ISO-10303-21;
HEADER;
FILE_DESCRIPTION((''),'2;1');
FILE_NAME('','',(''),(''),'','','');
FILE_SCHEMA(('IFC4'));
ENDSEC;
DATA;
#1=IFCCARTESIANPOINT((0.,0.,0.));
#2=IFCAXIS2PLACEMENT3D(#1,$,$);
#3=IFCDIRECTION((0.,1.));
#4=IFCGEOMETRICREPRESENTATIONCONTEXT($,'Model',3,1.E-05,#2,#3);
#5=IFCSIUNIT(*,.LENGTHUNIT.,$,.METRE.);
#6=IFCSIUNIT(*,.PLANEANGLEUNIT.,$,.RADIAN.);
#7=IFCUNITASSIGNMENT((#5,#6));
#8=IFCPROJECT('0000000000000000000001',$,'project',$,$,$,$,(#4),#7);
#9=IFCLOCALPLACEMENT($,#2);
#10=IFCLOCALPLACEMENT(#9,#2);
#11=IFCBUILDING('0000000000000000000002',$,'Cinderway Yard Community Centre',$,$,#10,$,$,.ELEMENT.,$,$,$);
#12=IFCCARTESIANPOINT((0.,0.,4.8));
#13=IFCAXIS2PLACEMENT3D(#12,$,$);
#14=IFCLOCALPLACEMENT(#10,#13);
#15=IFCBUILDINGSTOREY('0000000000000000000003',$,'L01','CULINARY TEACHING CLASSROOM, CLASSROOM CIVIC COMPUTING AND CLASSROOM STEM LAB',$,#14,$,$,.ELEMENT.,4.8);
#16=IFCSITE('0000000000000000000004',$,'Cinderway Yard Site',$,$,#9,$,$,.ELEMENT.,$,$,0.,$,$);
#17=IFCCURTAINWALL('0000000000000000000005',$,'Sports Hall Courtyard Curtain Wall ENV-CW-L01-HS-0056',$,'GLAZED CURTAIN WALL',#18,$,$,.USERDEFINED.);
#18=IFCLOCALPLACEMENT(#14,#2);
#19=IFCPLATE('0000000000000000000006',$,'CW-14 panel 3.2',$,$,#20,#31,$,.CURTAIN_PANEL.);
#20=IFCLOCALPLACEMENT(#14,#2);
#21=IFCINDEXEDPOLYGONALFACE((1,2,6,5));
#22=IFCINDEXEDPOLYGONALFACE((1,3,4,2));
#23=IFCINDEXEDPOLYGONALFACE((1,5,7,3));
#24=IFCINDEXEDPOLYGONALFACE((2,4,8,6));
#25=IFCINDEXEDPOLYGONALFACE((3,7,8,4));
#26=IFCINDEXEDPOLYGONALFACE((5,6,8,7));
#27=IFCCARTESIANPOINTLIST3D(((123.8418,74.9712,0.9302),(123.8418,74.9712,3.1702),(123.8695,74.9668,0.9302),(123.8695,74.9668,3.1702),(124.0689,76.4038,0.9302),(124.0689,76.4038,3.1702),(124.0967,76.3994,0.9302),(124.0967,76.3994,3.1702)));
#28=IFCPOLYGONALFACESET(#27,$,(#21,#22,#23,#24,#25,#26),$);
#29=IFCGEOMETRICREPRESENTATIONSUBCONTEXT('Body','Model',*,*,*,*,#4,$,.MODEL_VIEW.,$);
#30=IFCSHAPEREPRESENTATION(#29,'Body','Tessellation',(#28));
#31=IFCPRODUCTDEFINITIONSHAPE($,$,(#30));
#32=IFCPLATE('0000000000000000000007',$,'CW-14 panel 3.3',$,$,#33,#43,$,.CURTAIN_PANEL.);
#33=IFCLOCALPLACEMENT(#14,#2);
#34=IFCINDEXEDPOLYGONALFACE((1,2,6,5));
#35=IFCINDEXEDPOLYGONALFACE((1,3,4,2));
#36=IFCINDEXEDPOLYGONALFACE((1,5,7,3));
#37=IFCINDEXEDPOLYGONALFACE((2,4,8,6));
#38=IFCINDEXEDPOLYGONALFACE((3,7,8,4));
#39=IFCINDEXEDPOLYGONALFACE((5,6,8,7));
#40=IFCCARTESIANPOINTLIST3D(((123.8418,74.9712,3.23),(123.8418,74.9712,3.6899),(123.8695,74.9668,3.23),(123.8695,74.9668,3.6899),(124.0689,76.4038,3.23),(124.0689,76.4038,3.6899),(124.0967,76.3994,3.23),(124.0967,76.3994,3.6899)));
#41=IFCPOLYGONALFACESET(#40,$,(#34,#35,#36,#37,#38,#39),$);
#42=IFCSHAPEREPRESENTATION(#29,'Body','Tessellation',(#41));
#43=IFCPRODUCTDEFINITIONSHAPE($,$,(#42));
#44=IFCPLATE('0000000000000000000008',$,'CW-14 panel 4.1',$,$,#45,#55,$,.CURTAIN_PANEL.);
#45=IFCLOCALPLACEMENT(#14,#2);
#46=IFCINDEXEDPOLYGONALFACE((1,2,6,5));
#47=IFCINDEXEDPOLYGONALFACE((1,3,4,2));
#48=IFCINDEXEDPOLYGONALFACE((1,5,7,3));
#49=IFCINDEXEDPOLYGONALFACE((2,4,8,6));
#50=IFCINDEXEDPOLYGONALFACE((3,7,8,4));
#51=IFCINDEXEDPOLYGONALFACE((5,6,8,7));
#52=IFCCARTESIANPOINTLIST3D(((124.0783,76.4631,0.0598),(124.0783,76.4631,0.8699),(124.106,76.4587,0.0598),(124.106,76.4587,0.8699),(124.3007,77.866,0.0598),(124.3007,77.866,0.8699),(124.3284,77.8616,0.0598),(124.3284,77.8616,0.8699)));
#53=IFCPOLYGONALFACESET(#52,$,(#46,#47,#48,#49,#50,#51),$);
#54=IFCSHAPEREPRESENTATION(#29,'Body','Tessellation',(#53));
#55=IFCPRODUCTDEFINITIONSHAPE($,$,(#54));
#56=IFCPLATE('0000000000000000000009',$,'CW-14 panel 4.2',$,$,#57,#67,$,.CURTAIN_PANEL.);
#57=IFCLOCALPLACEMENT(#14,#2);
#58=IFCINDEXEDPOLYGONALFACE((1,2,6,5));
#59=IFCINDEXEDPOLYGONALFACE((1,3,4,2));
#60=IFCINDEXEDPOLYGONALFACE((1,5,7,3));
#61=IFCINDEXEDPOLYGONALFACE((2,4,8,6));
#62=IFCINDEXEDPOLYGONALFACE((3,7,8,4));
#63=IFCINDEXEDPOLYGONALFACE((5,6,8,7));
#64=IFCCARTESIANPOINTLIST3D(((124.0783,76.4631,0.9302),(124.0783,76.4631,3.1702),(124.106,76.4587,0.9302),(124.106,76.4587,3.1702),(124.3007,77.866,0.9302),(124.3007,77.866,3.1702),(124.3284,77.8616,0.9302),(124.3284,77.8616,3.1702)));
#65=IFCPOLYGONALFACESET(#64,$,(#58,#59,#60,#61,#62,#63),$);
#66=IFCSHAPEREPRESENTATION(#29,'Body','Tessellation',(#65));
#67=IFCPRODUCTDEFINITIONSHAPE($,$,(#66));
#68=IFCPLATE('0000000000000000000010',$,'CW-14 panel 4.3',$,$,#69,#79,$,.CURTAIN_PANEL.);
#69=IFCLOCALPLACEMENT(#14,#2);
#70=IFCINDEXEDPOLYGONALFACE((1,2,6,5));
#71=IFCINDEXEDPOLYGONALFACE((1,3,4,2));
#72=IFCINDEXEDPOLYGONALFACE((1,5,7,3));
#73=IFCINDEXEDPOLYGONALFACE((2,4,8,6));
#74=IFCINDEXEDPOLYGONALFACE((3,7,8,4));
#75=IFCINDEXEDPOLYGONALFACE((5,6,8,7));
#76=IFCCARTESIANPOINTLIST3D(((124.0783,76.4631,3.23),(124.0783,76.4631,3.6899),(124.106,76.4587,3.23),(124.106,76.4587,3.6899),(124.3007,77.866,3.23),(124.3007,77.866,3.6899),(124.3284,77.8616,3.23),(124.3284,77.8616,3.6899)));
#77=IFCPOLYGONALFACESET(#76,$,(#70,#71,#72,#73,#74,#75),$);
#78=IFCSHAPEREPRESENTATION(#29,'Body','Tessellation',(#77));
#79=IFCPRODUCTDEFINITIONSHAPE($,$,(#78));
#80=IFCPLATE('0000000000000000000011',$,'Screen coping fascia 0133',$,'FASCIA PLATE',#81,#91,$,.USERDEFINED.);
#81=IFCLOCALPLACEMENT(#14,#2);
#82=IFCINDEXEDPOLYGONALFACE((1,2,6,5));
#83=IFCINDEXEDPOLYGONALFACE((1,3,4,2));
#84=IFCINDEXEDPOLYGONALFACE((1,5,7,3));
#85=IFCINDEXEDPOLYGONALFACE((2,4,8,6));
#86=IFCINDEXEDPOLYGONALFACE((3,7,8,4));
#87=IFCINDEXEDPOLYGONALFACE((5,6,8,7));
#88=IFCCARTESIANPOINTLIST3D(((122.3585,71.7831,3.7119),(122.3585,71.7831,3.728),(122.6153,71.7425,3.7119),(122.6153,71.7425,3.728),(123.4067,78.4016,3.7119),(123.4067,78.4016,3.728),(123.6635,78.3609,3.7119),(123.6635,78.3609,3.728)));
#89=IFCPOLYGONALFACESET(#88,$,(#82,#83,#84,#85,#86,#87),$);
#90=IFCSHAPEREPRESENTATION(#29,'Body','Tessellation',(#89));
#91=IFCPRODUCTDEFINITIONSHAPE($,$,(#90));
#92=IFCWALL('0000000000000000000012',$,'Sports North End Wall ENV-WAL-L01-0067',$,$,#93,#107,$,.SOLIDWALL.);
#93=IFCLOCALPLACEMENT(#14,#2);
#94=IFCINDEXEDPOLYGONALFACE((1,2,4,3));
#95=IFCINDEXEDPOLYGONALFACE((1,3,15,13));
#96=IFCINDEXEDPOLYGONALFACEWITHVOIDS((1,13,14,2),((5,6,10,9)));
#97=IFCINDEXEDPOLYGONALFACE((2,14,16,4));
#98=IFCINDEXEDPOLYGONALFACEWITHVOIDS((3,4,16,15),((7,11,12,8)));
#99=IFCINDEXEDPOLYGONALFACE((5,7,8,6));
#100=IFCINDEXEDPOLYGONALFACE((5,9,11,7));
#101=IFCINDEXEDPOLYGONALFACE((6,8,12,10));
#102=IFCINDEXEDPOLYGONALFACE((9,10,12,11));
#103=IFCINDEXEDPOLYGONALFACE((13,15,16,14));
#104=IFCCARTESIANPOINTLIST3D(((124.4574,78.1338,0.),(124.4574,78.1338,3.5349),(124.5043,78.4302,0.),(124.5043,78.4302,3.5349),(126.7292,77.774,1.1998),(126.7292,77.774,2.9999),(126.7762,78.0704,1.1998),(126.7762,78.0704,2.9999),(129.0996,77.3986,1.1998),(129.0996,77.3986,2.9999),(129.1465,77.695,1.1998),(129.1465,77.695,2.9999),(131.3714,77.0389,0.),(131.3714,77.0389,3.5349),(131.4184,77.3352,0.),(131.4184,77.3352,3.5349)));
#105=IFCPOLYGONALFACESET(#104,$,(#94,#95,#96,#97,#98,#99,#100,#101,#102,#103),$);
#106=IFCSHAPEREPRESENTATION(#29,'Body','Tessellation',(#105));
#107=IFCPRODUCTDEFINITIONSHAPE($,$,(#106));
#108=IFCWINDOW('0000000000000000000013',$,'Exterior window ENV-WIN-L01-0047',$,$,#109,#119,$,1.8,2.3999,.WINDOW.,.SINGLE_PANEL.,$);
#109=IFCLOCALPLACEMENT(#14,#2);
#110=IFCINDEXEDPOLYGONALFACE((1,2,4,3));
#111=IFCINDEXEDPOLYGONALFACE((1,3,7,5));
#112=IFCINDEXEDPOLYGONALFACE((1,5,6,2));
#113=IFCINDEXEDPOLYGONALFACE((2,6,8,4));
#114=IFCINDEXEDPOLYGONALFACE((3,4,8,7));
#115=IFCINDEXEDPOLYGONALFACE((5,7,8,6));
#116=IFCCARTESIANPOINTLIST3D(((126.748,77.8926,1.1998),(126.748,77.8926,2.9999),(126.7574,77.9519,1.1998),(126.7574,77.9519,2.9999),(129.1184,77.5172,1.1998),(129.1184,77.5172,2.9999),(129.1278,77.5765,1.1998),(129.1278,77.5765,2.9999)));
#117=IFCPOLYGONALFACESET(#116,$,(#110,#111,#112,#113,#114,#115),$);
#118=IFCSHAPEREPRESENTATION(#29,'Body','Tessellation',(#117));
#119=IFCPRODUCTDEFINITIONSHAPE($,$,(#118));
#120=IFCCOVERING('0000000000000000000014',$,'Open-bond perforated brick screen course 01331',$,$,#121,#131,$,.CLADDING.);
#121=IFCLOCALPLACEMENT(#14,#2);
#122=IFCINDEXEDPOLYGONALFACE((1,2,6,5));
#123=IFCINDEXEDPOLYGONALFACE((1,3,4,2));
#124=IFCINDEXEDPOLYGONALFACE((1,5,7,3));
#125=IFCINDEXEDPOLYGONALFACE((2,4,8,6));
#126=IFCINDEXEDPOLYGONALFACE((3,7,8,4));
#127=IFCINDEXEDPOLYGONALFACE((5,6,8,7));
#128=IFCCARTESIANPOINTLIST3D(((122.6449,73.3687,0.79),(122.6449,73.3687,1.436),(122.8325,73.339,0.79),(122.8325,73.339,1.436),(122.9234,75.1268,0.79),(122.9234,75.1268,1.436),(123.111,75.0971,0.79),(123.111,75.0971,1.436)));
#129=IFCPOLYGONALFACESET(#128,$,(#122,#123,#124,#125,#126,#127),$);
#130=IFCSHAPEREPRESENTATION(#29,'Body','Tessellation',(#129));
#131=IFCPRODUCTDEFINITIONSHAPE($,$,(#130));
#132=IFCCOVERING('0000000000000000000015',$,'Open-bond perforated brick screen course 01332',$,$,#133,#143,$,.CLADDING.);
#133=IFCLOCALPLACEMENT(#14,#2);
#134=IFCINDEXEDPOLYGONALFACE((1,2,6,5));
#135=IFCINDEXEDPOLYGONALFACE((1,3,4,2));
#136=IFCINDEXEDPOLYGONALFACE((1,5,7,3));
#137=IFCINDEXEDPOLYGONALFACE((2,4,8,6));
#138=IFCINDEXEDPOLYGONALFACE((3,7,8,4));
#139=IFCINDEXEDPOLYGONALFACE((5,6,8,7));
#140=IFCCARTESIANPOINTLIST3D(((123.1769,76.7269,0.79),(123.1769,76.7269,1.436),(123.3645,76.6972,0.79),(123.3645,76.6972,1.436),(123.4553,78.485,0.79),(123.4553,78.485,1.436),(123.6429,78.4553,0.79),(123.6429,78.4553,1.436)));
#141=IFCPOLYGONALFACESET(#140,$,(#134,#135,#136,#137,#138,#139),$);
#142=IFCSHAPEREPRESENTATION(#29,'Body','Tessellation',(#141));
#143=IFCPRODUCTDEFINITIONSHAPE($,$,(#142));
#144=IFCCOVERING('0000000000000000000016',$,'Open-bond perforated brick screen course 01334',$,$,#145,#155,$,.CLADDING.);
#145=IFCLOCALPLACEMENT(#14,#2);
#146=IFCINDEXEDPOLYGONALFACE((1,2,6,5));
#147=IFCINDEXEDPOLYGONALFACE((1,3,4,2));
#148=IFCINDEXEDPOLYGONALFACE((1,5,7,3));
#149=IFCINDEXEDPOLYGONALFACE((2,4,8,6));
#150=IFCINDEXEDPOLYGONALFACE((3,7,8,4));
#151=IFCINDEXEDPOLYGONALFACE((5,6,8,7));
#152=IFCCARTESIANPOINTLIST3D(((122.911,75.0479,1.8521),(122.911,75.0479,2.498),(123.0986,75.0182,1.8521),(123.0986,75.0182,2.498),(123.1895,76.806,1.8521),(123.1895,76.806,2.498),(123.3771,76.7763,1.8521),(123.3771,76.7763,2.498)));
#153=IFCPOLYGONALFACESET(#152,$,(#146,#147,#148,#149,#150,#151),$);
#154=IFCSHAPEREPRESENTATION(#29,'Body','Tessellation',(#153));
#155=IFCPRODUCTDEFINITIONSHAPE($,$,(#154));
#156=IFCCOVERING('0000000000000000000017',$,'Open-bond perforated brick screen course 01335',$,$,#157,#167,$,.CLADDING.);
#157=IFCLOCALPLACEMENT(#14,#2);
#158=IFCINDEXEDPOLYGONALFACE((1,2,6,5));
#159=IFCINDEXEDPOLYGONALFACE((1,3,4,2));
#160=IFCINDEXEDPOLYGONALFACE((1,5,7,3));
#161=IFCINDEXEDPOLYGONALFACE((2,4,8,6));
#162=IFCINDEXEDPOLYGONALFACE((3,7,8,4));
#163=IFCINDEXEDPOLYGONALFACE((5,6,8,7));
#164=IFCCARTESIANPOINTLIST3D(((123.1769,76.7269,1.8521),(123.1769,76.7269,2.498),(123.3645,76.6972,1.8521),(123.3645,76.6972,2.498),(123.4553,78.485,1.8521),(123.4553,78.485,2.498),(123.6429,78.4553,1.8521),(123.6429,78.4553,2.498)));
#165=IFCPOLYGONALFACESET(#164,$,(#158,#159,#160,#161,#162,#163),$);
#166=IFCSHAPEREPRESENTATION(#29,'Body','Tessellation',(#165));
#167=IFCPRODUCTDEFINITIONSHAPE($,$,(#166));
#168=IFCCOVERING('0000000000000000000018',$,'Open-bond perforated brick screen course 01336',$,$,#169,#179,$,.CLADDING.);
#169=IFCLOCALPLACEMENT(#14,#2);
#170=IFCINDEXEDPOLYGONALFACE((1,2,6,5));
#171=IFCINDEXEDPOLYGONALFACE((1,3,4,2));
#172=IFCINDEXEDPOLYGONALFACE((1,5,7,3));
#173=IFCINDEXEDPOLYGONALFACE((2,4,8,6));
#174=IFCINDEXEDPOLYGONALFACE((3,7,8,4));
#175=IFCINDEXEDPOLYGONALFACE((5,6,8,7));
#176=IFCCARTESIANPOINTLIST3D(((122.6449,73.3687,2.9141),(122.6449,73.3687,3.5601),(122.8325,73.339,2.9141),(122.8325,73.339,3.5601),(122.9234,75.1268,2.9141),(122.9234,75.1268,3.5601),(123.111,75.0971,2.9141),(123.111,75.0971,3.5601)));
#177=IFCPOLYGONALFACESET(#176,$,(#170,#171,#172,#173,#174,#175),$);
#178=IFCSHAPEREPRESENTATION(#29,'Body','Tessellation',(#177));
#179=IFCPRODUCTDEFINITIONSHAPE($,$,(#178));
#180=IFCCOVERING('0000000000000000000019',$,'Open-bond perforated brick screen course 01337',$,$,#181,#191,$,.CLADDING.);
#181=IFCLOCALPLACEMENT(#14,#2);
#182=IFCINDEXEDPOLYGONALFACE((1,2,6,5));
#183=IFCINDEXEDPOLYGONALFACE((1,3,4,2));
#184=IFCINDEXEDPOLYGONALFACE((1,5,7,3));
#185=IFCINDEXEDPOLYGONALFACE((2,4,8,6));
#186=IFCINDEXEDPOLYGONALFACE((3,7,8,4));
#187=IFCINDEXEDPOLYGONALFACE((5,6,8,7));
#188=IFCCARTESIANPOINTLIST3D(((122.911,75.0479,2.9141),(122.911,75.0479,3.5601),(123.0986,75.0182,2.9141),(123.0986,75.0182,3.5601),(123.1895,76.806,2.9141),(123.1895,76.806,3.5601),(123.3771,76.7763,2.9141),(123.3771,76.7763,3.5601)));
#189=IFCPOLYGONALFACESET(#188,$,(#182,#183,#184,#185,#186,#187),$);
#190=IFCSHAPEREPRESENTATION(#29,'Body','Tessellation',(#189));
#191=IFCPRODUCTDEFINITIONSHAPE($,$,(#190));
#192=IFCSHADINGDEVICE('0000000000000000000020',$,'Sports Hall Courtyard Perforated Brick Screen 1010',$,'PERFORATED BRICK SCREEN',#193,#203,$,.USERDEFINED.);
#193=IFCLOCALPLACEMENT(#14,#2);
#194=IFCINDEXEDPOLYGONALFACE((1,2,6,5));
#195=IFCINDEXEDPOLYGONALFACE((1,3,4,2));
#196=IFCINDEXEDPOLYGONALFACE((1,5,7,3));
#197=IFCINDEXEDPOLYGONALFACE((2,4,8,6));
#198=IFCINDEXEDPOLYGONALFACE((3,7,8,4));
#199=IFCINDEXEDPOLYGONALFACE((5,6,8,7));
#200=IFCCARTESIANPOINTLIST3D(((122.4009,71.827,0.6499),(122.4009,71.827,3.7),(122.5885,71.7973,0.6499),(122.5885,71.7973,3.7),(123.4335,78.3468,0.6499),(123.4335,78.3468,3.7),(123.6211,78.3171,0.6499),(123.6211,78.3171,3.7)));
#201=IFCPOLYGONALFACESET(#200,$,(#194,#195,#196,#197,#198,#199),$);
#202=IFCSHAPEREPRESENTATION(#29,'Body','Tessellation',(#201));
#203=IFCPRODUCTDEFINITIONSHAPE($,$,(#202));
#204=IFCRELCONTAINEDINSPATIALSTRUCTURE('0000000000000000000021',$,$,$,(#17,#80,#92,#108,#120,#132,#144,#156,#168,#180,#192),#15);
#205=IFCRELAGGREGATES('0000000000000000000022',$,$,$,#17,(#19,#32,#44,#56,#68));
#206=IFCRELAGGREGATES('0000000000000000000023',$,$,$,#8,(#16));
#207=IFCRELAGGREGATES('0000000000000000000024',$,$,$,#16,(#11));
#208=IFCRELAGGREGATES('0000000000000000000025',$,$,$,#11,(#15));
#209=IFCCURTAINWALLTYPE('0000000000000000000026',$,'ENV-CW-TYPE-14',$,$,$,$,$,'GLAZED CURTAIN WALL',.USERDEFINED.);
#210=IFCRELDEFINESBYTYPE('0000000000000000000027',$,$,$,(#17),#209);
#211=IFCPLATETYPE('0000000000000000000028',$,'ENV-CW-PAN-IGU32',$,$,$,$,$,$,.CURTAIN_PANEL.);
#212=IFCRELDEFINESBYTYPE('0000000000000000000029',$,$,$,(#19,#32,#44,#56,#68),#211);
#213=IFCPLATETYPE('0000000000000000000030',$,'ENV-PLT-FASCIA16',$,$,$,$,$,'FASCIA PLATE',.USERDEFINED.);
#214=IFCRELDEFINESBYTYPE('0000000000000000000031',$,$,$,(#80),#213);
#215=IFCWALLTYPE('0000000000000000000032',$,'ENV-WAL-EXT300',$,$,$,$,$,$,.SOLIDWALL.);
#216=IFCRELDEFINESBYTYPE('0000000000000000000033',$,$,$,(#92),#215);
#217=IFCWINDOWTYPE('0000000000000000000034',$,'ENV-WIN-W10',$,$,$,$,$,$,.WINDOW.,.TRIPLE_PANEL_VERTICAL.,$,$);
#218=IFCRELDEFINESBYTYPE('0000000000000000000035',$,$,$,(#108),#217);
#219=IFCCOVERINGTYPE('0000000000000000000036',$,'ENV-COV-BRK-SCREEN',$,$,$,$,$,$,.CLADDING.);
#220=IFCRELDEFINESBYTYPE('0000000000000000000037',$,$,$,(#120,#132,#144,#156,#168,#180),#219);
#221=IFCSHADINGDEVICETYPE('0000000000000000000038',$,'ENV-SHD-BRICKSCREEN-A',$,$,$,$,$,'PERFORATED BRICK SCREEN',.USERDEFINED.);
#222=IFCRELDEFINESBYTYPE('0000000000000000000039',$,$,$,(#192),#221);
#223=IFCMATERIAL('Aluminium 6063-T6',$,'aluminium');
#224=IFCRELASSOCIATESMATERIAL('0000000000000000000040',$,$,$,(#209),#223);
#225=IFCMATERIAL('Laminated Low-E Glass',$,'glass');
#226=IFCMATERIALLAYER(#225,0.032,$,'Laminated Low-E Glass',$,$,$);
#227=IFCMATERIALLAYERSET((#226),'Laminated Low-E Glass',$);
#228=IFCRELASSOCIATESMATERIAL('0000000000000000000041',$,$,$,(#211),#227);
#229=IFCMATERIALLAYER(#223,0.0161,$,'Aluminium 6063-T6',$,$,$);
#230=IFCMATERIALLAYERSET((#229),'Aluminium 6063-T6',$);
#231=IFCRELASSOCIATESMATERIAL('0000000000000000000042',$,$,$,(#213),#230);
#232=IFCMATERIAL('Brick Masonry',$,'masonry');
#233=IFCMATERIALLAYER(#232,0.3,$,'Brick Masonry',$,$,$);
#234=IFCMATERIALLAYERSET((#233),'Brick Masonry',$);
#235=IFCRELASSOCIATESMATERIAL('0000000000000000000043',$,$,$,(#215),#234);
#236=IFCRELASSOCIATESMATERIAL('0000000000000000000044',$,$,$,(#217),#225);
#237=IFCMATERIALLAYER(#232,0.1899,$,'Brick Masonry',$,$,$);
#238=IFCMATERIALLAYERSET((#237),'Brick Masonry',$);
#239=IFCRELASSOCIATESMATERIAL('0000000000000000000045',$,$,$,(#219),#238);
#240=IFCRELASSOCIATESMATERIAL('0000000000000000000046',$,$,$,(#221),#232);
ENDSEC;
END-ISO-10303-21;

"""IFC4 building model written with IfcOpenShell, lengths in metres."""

from ifc_helpers import new_model, si_unit, direction, frame, frame_2d, origin, origin_2d, place, context, subcontext, project, spatial, rectangle, extrude, material, layer, layer_set, type_object, element, fill, aggregate, save


model = new_model("IFC4")

# Units and contexts
model_context = context("Model", 3, precision=1e-05, world=origin(), true_north=direction((0.0, 1.0)))
body_context = subcontext(model_context, "Body", "Model", "MODEL_VIEW")
ifc_project = project(units=[si_unit("LENGTHUNIT", "METRE"), si_unit("PLANEANGLEUNIT", "RADIAN")], contexts=[model_context])

# Site, building, storey
site_placement = place(None, origin())
site = spatial("IfcSite", under=ifc_project, at=site_placement, Name="Cinderway Yard Site", CompositionType="ELEMENT", RefElevation=0.0)
building_placement = place(site_placement, origin())
building = spatial("IfcBuilding", under=site, at=building_placement, Name="Cinderway Yard Community Centre", CompositionType="ELEMENT")
storey_placement = place(building_placement, frame((0.0, 0.0, 4.8)))
storey = spatial("IfcBuildingStorey", under=building, at=storey_placement, Name="L01", Description="CULINARY TEACHING CLASSROOM, CLASSROOM CIVIC COMPUTING AND CLASSROOM STEM LAB", CompositionType="ELEMENT", Elevation=4.8)

# Curtain wall
ifc_material_1 = material(Name="Aluminium 6063-T6", Category="aluminium")
curtain_wall_type = type_object("IfcCurtainWallType", Name="ENV-CW-TYPE-14", ElementType="GLAZED CURTAIN WALL", PredefinedType="USERDEFINED", material=ifc_material_1)
curtain_wall_placement = place(storey_placement, origin())
curtain_wall = element("IfcCurtainWall", 1, at=curtain_wall_placement, inside=storey, type_object=curtain_wall_type, Name="Sports Hall Courtyard Curtain Wall ENV-CW-L01-HS-0056", ObjectType="GLAZED CURTAIN WALL", PredefinedType="USERDEFINED")

# Plates
ifc_material_2 = material(Name="Laminated Low-E Glass", Category="glass")
ifc_layer_1 = layer(ifc_material_2, 0.032, Name="Laminated Low-E Glass")
ifc_layer_set_1 = layer_set([ifc_layer_1], Name="Laminated Low-E Glass")
plate_type_1 = type_object("IfcPlateType", Name="ENV-CW-PAN-IGU32", PredefinedType="CURTAIN_PANEL", material=ifc_layer_set_1)
plate_1_placement = place(storey_placement, frame((123.9692, 75.6853, 0.9302), z_axis=(0.0, 0.0, 1.0), x_axis=(0.156583, 0.987665, 0.0)))
plate_1 = element("IfcPlate", 2, at=plate_1_placement, type_object=plate_type_1, Name="CW-14 panel 3.2", PredefinedType="CURTAIN_PANEL", context=body_context, shape_type="SweptSolid", body=[
    extrude(rectangle(XDim=1.4504, YDim=0.0281, at=origin_2d()), origin(), (0.0, 0.0, 1.0), 2.24),
])
plate_2_placement = place(storey_placement, frame((123.9692, 75.6853, 3.23), z_axis=(0.0, 0.0, 1.0), x_axis=(0.156583, 0.987665, 0.0)))
plate_2 = element("IfcPlate", 3, at=plate_2_placement, type_object=plate_type_1, Name="CW-14 panel 3.3", PredefinedType="CURTAIN_PANEL", context=body_context, shape_type="SweptSolid", body=[
    extrude(rectangle(XDim=1.4504, YDim=0.0281, at=origin_2d()), origin(), (0.0, 0.0, 1.0), 0.46),
])
plate_3_placement = place(storey_placement, frame((124.2034, 77.1624, 0.0598), z_axis=(0.0, 0.0, 1.0), x_axis=(0.156583, 0.987665, 0.0)))
plate_3 = element("IfcPlate", 4, at=plate_3_placement, type_object=plate_type_1, Name="CW-14 panel 4.1", PredefinedType="CURTAIN_PANEL", context=body_context, shape_type="SweptSolid", body=[
    extrude(rectangle(XDim=1.4204, YDim=0.0281, at=origin_2d()), origin(), (0.0, 0.0, 1.0), 0.8101),
])
plate_4_placement = place(storey_placement, frame((124.2034, 77.1624, 0.9302), z_axis=(0.0, 0.0, 1.0), x_axis=(0.156583, 0.987665, 0.0)))
plate_4 = element("IfcPlate", 5, at=plate_4_placement, type_object=plate_type_1, Name="CW-14 panel 4.2", PredefinedType="CURTAIN_PANEL", context=body_context, shape_type="SweptSolid", body=[
    extrude(rectangle(XDim=1.4204, YDim=0.0281, at=origin_2d()), origin(), (0.0, 0.0, 1.0), 2.24),
])
plate_5_placement = place(storey_placement, frame((124.2034, 77.1624, 3.23), z_axis=(0.0, 0.0, 1.0), x_axis=(0.156583, 0.987665, 0.0)))
plate_5 = element("IfcPlate", 6, at=plate_5_placement, type_object=plate_type_1, Name="CW-14 panel 4.3", PredefinedType="CURTAIN_PANEL", context=body_context, shape_type="SweptSolid", body=[
    extrude(rectangle(XDim=1.4204, YDim=0.0281, at=origin_2d()), origin(), (0.0, 0.0, 1.0), 0.46),
])
aggregate(curtain_wall, [plate_1, plate_2, plate_3, plate_4, plate_5])
ifc_layer_2 = layer(ifc_material_1, 0.0161, Name="Aluminium 6063-T6")
ifc_layer_set_2 = layer_set([ifc_layer_2], Name="Aluminium 6063-T6")
plate_type_2 = type_object("IfcPlateType", Name="ENV-PLT-FASCIA16", ElementType="FASCIA PLATE", PredefinedType="USERDEFINED", material=ifc_layer_set_2)
plate_6_placement = place(storey_placement, frame((123.011, 75.072, 3.7119), z_axis=(0.0, 0.0, 1.0), x_axis=(0.156434, 0.987688, 0.0)))
element("IfcPlate", 7, at=plate_6_placement, inside=storey, type_object=plate_type_2, Name="Screen coping fascia 0133", ObjectType="FASCIA PLATE", PredefinedType="USERDEFINED", context=body_context, shape_type="SweptSolid", body=[
    extrude(rectangle(XDim=6.7009, YDim=0.26, at=origin_2d()), origin(), (0.0, 0.0, 1.0), 0.0161),
])

# Wall, opening, window
ifc_material_3 = material(Name="Brick Masonry", Category="masonry")
ifc_layer_3 = layer(ifc_material_3, 0.3, Name="Brick Masonry")
ifc_layer_set_3 = layer_set([ifc_layer_3], Name="Brick Masonry")
wall_type = type_object("IfcWallType", Name="ENV-WAL-EXT300", PredefinedType="SOLIDWALL", material=ifc_layer_set_3)
wall_placement = place(storey_placement, frame((124.481, 78.282, 0.0), z_axis=(0.0, 0.0, 1.0), x_axis=(0.987691, -0.156419, 0.0)))
wall = element("IfcWall", 8, at=wall_placement, inside=storey, type_object=wall_type, Name="Sports North End Wall ENV-WAL-L01-0067", PredefinedType="SOLIDWALL", context=body_context, shape_type="SweptSolid", body=[
    extrude(rectangle(XDim=7.0002, YDim=0.3, at=frame_2d((3.5, 0.0))), origin(), (0.0, 0.0, 1.0), 3.5349),
])
opening_placement = place(wall_placement, frame((2.3, 0.0, 1.2)))
opening = element("IfcOpeningElement", 9, at=opening_placement, cuts=wall, PredefinedType="OPENING", context=body_context, shape_type="SweptSolid", body=[
    extrude(rectangle(XDim=2.3999, YDim=1.8, at=frame_2d((1.2, 0.8999))), frame((0.0, 0.1599, 0.0), z_axis=(0.0, -1.0, 0.0), x_axis=(1.0, 0.0, 0.0)), (0.0, 0.0, 1.0), 0.3201),
])
window_type = type_object("IfcWindowType", Name="ENV-WIN-W10", PartitioningType="TRIPLE_PANEL_VERTICAL", PredefinedType="WINDOW", material=ifc_material_2)
window_placement = place(opening_placement, origin())
window = element("IfcWindow", 10, at=window_placement, inside=storey, type_object=window_type, Name="Exterior window ENV-WIN-L01-0047", OverallHeight=1.8, OverallWidth=2.3999, PartitioningType="SINGLE_PANEL", PredefinedType="WINDOW", context=body_context, shape_type="SweptSolid", body=[
    extrude(rectangle(XDim=2.3999, YDim=1.8, at=frame_2d((1.2, 0.8999))), frame((0.0, 0.03, 0.0), z_axis=(0.0, -1.0, 0.0), x_axis=(1.0, 0.0, 0.0)), (0.0, 0.0, 1.0), 0.0601),
])
fill(opening, window)

# Coverings
ifc_layer_4 = layer(ifc_material_3, 0.1899, Name="Brick Masonry")
ifc_layer_set_4 = layer_set([ifc_layer_4], Name="Brick Masonry")
covering_type = type_object("IfcCoveringType", Name="ENV-COV-BRK-SCREEN", PredefinedType="CLADDING", material=ifc_layer_set_4)
for number, where, z_axis, x_axis, name in (
    (11, (122.8779, 74.2329, 0.79), (0.0, 0.0, 1.0), (0.156434, 0.987688, 0.0), "Open-bond perforated brick screen course 01331"),
    (12, (123.4099, 77.5911, 0.79), (0.0, 0.0, 1.0), (0.156434, 0.987688, 0.0), "Open-bond perforated brick screen course 01332"),
    (13, (123.144, 75.9121, 1.8521), (0.0, 0.0, 1.0), (0.156434, 0.987688, 0.0), "Open-bond perforated brick screen course 01334"),
    (14, (123.4099, 77.5911, 1.8521), (0.0, 0.0, 1.0), (0.156434, 0.987688, 0.0), "Open-bond perforated brick screen course 01335"),
    (15, (122.8779, 74.2329, 2.9141), (0.0, 0.0, 1.0), (0.156434, 0.987688, 0.0), "Open-bond perforated brick screen course 01336"),
    (16, (123.144, 75.9121, 2.9141), (0.0, 0.0, 1.0), (0.156434, 0.987688, 0.0), "Open-bond perforated brick screen course 01337"),
):
    element("IfcCovering", number, at=place(storey_placement, frame(where, z_axis=z_axis, x_axis=x_axis)), inside=storey, type_object=covering_type, Name=name, PredefinedType="CLADDING", context=body_context, shape_type="SweptSolid", body=[
        extrude(rectangle(XDim=1.78, YDim=0.1899, at=origin_2d()), origin(), (0.0, 0.0, 1.0), 0.646),
    ])

# Shading device
shading_device_type = type_object("IfcShadingDeviceType", Name="ENV-SHD-BRICKSCREEN-A", ElementType="PERFORATED BRICK SCREEN", PredefinedType="USERDEFINED", material=ifc_material_3)
shading_device_placement = place(storey_placement, frame((123.011, 75.072, 0.6499), z_axis=(0.0, 0.0, 1.0), x_axis=(0.156434, 0.987688, 0.0)))
element("IfcShadingDevice", 17, at=shading_device_placement, inside=storey, type_object=shading_device_type, Name="Sports Hall Courtyard Perforated Brick Screen 1010", ObjectType="PERFORATED BRICK SCREEN", PredefinedType="USERDEFINED", context=body_context, shape_type="SweptSolid", body=[
    extrude(rectangle(XDim=6.6011, YDim=0.1899, at=origin_2d()), origin(), (0.0, 0.0, 1.0), 3.05),
])

save(model, "model.ifc")
